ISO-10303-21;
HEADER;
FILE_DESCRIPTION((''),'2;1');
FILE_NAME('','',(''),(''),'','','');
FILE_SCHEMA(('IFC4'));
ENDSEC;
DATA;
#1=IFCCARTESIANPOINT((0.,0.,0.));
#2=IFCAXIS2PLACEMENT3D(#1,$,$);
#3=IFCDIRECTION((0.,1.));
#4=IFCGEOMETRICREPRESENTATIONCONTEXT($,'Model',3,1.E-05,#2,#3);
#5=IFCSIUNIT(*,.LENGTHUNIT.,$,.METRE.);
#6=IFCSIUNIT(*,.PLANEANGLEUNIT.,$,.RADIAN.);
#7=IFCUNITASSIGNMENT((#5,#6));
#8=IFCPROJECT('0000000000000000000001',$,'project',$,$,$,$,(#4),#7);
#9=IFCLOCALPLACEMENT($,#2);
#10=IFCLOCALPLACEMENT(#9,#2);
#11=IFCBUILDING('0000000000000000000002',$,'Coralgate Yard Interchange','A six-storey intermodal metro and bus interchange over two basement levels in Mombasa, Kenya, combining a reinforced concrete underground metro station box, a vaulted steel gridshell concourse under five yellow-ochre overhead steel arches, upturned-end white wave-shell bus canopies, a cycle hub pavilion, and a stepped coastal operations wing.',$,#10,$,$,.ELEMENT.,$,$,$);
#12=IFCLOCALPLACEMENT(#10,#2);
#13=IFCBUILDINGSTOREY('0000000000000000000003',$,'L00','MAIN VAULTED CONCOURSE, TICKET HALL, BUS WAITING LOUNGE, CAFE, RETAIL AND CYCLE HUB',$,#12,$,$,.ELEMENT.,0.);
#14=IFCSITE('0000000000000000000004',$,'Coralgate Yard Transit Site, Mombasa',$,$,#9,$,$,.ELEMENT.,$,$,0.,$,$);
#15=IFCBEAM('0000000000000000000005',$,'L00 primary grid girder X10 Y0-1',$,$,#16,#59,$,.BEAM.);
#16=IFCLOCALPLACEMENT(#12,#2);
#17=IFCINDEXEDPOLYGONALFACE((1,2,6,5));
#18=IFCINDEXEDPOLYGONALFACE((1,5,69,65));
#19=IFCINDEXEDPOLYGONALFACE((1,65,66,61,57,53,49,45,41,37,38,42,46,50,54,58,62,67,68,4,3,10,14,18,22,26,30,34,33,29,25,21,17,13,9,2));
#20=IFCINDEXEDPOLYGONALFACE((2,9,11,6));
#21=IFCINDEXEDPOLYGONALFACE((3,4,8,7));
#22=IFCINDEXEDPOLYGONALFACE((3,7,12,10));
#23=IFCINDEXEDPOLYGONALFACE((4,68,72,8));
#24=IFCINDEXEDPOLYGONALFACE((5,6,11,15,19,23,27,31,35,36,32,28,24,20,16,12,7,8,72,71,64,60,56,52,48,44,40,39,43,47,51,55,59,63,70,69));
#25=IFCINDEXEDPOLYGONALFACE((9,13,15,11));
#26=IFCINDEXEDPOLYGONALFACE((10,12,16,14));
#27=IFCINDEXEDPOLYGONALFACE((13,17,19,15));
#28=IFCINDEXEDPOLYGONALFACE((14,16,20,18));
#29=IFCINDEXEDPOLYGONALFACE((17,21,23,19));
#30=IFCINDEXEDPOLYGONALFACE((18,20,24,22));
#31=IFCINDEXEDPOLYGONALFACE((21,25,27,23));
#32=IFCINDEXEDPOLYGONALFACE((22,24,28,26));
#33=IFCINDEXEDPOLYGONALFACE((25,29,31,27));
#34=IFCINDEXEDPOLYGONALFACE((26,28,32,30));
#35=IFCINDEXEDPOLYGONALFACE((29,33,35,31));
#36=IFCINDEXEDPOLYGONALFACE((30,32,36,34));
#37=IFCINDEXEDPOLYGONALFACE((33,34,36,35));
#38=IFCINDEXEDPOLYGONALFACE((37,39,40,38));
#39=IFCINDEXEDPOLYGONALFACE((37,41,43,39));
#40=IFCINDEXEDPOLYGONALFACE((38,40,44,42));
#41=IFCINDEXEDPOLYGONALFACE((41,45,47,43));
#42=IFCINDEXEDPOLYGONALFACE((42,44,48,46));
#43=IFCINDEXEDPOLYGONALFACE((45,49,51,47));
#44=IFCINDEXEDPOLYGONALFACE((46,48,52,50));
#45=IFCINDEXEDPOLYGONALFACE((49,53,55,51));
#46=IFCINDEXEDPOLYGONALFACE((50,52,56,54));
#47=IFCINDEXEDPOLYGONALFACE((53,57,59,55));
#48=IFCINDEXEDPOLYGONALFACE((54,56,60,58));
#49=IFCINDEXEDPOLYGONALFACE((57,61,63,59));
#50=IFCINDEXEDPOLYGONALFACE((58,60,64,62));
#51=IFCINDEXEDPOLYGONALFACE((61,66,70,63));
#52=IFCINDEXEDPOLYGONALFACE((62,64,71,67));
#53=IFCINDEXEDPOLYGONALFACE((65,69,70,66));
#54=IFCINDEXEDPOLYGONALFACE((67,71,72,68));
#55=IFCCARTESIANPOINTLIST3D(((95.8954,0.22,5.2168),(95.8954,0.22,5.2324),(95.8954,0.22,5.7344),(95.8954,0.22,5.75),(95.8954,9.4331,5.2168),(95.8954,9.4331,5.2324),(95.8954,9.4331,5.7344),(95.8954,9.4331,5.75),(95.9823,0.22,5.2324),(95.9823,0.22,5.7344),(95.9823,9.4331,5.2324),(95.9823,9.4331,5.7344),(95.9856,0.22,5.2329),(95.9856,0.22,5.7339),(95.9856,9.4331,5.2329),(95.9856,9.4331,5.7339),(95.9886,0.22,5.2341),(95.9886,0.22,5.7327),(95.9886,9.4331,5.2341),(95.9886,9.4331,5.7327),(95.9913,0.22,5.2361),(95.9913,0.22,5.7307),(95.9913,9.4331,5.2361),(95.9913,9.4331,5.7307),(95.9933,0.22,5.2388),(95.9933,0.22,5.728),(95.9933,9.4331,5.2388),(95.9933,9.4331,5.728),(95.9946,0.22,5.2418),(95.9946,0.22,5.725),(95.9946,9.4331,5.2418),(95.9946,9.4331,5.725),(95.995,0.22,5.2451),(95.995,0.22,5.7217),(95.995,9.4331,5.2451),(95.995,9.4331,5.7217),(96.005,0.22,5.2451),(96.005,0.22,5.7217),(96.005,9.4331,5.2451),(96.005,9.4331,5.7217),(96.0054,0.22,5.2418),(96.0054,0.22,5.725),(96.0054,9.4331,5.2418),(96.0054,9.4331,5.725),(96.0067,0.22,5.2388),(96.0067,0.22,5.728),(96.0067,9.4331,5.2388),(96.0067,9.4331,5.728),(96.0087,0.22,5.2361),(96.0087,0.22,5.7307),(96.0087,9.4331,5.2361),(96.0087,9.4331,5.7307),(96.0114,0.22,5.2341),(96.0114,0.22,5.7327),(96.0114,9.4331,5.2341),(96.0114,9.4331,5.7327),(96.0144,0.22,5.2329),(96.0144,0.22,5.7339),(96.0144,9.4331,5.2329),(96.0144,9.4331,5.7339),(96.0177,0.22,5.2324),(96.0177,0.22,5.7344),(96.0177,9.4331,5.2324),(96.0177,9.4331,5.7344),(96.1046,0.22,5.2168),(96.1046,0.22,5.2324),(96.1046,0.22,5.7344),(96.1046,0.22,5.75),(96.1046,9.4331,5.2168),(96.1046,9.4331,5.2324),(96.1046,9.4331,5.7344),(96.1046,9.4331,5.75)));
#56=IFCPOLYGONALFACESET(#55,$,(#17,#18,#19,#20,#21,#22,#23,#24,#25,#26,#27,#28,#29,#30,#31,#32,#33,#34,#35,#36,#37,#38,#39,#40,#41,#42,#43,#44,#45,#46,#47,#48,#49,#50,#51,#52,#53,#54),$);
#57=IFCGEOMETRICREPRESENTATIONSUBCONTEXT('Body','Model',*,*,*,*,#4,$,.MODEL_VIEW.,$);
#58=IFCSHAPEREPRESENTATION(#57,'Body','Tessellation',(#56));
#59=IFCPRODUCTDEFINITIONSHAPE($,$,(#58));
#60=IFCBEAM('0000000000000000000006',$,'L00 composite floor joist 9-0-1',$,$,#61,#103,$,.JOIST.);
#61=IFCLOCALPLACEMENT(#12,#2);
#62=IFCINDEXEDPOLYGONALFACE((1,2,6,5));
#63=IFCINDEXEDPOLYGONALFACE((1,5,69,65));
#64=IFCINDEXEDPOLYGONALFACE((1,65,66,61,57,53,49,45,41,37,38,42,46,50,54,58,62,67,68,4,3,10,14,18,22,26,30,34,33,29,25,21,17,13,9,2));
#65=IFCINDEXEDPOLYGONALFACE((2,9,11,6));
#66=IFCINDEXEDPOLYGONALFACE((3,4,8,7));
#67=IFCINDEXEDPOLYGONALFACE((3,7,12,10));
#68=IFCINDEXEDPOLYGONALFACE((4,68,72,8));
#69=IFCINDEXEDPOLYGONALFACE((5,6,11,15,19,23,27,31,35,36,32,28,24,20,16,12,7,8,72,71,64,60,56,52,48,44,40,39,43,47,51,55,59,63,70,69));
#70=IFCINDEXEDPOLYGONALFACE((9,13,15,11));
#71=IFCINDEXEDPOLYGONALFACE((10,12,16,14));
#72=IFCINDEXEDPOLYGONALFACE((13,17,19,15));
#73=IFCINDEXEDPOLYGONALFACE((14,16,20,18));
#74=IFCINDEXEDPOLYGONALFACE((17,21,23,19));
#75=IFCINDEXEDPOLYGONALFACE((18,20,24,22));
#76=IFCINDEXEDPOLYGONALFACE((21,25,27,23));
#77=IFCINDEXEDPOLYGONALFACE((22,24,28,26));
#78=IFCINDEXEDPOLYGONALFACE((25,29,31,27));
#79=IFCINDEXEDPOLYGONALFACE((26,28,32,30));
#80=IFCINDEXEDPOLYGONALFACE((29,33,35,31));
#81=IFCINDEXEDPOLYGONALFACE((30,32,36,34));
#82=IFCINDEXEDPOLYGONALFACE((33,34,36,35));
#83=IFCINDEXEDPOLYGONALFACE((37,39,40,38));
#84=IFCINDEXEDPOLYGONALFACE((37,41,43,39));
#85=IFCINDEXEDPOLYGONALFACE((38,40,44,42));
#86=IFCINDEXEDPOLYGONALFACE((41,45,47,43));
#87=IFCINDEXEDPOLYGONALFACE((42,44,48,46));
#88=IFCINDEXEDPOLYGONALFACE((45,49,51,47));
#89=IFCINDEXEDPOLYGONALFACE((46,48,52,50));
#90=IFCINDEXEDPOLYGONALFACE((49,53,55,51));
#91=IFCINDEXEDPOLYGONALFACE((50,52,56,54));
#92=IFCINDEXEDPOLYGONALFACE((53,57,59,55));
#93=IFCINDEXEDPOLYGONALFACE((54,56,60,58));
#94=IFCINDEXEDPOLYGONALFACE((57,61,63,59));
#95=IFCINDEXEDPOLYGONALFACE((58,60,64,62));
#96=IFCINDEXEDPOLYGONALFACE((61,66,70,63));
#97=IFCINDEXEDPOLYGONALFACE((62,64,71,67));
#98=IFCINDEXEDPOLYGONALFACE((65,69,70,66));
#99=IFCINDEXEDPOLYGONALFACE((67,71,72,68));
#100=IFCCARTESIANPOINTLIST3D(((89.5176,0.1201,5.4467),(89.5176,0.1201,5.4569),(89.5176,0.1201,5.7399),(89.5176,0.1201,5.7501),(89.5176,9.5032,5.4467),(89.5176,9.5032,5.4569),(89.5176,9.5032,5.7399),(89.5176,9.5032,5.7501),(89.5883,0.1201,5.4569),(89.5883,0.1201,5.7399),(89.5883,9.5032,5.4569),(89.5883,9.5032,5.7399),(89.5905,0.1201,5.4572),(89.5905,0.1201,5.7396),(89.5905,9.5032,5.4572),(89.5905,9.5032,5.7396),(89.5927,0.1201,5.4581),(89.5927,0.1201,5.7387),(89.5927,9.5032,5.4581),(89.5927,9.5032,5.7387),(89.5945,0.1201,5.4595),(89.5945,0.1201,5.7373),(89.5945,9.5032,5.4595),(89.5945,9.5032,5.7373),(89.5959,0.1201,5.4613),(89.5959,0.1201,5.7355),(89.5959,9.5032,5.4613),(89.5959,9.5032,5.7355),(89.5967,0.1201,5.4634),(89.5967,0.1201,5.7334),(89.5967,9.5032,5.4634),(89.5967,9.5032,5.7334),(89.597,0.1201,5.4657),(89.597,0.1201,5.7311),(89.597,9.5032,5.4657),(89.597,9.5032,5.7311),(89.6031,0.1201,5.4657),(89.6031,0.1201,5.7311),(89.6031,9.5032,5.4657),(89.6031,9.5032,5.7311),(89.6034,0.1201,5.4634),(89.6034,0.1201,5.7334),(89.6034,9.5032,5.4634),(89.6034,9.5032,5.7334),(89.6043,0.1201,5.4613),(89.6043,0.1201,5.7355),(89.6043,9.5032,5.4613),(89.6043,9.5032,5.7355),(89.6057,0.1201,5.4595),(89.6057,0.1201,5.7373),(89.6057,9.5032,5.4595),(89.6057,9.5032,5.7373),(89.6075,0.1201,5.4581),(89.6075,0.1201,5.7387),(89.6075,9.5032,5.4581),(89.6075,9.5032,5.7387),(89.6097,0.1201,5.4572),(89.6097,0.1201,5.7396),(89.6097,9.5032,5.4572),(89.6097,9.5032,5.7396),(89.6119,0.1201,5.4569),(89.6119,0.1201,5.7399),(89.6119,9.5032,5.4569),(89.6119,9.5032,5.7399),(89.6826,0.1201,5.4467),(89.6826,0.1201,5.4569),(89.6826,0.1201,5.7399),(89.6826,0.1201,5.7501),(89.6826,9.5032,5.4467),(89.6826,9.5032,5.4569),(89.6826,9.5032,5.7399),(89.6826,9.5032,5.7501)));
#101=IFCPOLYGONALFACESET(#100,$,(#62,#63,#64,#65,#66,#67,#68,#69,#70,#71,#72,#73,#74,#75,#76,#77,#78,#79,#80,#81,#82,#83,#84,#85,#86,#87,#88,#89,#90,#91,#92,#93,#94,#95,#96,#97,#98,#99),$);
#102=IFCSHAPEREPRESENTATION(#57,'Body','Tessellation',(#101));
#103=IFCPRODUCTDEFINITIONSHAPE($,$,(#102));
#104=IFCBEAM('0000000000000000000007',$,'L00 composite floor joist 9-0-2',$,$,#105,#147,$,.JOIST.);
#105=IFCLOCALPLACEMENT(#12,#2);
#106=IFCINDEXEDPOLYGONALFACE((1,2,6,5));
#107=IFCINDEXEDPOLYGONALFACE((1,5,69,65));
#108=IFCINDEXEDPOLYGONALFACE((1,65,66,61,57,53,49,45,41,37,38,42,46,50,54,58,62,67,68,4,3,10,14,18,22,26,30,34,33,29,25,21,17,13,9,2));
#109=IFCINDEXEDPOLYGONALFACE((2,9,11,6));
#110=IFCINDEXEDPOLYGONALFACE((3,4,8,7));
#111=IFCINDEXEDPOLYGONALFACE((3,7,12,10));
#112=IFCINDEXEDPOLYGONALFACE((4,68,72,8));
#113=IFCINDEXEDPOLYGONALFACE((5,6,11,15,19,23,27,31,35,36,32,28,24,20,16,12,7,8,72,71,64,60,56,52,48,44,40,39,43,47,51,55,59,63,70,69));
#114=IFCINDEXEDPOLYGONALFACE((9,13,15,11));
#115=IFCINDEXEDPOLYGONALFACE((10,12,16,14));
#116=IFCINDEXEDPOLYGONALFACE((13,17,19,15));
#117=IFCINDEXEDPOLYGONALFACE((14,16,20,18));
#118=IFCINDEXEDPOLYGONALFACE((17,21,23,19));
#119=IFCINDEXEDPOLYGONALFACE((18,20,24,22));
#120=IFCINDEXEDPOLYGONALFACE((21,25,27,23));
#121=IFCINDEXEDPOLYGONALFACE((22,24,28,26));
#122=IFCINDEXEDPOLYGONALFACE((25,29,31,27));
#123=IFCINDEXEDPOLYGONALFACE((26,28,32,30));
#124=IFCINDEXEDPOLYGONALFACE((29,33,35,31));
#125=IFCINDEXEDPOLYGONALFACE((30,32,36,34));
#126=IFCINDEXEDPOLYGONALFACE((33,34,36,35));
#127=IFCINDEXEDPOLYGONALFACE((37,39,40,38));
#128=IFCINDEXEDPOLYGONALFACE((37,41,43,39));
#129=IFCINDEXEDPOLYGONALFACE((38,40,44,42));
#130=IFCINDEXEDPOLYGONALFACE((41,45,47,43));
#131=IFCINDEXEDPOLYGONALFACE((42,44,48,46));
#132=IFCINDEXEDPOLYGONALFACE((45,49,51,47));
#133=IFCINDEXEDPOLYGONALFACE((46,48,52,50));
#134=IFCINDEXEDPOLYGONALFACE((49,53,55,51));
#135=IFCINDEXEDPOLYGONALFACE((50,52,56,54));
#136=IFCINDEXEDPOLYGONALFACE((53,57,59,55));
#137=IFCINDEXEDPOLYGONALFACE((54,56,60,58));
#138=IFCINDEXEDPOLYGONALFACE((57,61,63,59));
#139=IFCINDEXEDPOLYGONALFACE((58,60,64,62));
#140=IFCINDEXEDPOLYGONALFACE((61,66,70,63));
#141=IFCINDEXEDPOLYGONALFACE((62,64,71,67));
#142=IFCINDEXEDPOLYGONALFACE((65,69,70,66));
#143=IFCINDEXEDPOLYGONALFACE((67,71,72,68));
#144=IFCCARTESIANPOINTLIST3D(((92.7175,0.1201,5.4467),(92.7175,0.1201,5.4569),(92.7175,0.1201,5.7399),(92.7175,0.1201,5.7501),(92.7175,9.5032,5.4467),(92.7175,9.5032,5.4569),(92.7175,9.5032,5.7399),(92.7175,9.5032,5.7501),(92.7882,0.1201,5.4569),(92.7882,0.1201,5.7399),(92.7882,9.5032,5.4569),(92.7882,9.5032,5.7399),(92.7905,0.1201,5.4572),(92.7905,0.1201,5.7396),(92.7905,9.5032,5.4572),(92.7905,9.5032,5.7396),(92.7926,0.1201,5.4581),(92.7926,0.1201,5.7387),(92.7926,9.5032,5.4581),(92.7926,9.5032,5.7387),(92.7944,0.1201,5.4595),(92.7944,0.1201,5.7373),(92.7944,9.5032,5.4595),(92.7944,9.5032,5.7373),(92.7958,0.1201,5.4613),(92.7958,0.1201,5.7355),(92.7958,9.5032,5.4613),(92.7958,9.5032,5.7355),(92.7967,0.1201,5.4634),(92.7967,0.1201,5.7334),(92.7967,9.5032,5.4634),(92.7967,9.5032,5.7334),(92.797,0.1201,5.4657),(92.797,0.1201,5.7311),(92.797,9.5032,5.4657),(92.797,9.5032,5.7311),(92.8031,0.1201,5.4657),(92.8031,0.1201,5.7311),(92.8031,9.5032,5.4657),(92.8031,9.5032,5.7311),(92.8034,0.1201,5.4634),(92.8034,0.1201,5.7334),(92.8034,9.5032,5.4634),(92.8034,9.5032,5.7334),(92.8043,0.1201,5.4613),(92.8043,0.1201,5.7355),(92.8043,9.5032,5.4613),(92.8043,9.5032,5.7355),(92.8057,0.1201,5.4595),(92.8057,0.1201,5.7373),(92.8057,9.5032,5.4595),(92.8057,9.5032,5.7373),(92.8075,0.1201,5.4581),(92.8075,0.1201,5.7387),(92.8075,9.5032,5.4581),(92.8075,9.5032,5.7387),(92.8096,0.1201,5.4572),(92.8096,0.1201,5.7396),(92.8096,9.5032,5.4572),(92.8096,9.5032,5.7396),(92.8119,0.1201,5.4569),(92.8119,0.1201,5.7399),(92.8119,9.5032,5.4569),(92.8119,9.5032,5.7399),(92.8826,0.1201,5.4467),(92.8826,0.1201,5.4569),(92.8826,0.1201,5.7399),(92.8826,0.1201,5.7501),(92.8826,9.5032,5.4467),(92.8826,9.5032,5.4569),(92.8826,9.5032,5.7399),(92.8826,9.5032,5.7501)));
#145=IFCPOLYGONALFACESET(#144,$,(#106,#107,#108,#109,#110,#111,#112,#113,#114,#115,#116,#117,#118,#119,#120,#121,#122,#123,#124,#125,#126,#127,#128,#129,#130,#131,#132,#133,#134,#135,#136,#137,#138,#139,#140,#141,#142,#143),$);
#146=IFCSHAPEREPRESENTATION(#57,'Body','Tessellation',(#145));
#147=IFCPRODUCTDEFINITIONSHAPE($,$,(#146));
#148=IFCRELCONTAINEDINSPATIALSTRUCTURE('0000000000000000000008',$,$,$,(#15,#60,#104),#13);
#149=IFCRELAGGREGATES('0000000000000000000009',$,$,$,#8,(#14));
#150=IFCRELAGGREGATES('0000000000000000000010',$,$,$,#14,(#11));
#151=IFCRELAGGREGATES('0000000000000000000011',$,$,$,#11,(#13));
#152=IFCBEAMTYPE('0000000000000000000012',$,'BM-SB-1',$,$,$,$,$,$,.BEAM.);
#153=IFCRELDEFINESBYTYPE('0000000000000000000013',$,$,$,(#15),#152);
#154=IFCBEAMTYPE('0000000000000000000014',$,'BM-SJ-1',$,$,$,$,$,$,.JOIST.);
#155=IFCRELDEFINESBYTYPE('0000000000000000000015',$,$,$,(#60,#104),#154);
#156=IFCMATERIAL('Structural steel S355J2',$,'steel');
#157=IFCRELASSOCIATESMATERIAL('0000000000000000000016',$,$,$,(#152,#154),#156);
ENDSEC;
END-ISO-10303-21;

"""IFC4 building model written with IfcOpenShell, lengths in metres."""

from ifc_helpers import new_model, si_unit, direction, frame, origin, origin_2d, place, context, subcontext, project, spatial, i_section, extrude, material, material_profile, profile_set, type_object, element, save


model = new_model("IFC4")

# Units and contexts
model_context = context("Model", 3, precision=1e-05, world=origin(), true_north=direction((0.0, 1.0)))
body_context = subcontext(model_context, "Body", "Model", "MODEL_VIEW")
ifc_project = project(units=[si_unit("LENGTHUNIT", "METRE"), si_unit("PLANEANGLEUNIT", "RADIAN")], contexts=[model_context])

# Site, building, storey
site_placement = place(None, origin())
site = spatial("IfcSite", under=ifc_project, at=site_placement, Name="Coralgate Yard Transit Site, Mombasa", CompositionType="ELEMENT", RefElevation=0.0)
building_placement = place(site_placement, origin())
building = spatial("IfcBuilding", under=site, at=building_placement, Name="Coralgate Yard Interchange", Description="A six-storey intermodal metro and bus interchange over two basement levels in Mombasa, Kenya, combining a reinforced concrete underground metro station box, a vaulted steel gridshell concourse under five yellow-ochre overhead steel arches, upturned-end white wave-shell bus canopies, a cycle hub pavilion, and a stepped coastal operations wing.", CompositionType="ELEMENT")
storey_placement = place(building_placement, origin())
storey = spatial("IfcBuildingStorey", under=building, at=storey_placement, Name="L00", Description="MAIN VAULTED CONCOURSE, TICKET HALL, BUS WAITING LOUNGE, CAFE, RETAIL AND CYCLE HUB", CompositionType="ELEMENT", Elevation=0.0)

# Shared definitions
ifc_material_1 = material(Name="Structural steel S355J2", Category="steel")

# Beams
ifc_material_profile_1 = material_profile(ifc_material_1, i_section(OverallWidth=0.2092, OverallDepth=0.5332, WebThickness=0.01, FlangeThickness=0.0156, FilletRadius=0.0127, at=origin_2d()), Name="UB 533x210x92")
ifc_profile_set_1 = profile_set([ifc_material_profile_1], Name="Structural steel S355J2")
beam_type_1 = type_object("IfcBeamType", Name="BM-SB-1", PredefinedType="BEAM", material=ifc_profile_set_1)
beam_placement = place(storey_placement, frame((96.0, 0.22, 5.4834), z_axis=(0.0, 1.0, 0.0), x_axis=(-1.0, 0.0, 0.0)))
element("IfcBeam", 1, at=beam_placement, inside=storey, type_object=beam_type_1, Name="L00 primary grid girder X10 Y0-1", PredefinedType="BEAM", context=body_context, shape_type="SweptSolid", body=[
    extrude(i_section(OverallWidth=0.2092, OverallDepth=0.5332, WebThickness=0.01, FlangeThickness=0.0156, FilletRadius=0.0127, at=origin_2d()), origin(), (0.0, 0.0, 1.0), 9.2131),
])
ifc_material_profile_2 = material_profile(ifc_material_1, i_section(OverallWidth=0.165, OverallDepth=0.3035, WebThickness=0.0061, FlangeThickness=0.0103, FilletRadius=0.0088, at=origin_2d()), Name="UB 305x165x40")
ifc_profile_set_2 = profile_set([ifc_material_profile_2], Name="Structural steel S355J2")
beam_type_2 = type_object("IfcBeamType", Name="BM-SJ-1", PredefinedType="JOIST", material=ifc_profile_set_2)
for number, where, z_axis, x_axis, name in (
    (2, (89.6001, 0.1201, 5.5984), (0.0, 1.0, 0.0), (-1.0, 0.0, 0.0), "L00 composite floor joist 9-0-1"),
    (3, (92.8, 0.1201, 5.5984), (0.0, 1.0, 0.0), (-1.0, 0.0, 0.0), "L00 composite floor joist 9-0-2"),
):
    element("IfcBeam", number, at=place(storey_placement, frame(where, z_axis=z_axis, x_axis=x_axis)), inside=storey, type_object=beam_type_2, Name=name, PredefinedType="JOIST", context=body_context, shape_type="SweptSolid", body=[
        extrude(i_section(OverallWidth=0.165, OverallDepth=0.3035, WebThickness=0.0061, FlangeThickness=0.0103, FilletRadius=0.0088, at=origin_2d()), origin(), (0.0, 0.0, 1.0), 9.3831),
    ])

save(model, "model.ifc")
